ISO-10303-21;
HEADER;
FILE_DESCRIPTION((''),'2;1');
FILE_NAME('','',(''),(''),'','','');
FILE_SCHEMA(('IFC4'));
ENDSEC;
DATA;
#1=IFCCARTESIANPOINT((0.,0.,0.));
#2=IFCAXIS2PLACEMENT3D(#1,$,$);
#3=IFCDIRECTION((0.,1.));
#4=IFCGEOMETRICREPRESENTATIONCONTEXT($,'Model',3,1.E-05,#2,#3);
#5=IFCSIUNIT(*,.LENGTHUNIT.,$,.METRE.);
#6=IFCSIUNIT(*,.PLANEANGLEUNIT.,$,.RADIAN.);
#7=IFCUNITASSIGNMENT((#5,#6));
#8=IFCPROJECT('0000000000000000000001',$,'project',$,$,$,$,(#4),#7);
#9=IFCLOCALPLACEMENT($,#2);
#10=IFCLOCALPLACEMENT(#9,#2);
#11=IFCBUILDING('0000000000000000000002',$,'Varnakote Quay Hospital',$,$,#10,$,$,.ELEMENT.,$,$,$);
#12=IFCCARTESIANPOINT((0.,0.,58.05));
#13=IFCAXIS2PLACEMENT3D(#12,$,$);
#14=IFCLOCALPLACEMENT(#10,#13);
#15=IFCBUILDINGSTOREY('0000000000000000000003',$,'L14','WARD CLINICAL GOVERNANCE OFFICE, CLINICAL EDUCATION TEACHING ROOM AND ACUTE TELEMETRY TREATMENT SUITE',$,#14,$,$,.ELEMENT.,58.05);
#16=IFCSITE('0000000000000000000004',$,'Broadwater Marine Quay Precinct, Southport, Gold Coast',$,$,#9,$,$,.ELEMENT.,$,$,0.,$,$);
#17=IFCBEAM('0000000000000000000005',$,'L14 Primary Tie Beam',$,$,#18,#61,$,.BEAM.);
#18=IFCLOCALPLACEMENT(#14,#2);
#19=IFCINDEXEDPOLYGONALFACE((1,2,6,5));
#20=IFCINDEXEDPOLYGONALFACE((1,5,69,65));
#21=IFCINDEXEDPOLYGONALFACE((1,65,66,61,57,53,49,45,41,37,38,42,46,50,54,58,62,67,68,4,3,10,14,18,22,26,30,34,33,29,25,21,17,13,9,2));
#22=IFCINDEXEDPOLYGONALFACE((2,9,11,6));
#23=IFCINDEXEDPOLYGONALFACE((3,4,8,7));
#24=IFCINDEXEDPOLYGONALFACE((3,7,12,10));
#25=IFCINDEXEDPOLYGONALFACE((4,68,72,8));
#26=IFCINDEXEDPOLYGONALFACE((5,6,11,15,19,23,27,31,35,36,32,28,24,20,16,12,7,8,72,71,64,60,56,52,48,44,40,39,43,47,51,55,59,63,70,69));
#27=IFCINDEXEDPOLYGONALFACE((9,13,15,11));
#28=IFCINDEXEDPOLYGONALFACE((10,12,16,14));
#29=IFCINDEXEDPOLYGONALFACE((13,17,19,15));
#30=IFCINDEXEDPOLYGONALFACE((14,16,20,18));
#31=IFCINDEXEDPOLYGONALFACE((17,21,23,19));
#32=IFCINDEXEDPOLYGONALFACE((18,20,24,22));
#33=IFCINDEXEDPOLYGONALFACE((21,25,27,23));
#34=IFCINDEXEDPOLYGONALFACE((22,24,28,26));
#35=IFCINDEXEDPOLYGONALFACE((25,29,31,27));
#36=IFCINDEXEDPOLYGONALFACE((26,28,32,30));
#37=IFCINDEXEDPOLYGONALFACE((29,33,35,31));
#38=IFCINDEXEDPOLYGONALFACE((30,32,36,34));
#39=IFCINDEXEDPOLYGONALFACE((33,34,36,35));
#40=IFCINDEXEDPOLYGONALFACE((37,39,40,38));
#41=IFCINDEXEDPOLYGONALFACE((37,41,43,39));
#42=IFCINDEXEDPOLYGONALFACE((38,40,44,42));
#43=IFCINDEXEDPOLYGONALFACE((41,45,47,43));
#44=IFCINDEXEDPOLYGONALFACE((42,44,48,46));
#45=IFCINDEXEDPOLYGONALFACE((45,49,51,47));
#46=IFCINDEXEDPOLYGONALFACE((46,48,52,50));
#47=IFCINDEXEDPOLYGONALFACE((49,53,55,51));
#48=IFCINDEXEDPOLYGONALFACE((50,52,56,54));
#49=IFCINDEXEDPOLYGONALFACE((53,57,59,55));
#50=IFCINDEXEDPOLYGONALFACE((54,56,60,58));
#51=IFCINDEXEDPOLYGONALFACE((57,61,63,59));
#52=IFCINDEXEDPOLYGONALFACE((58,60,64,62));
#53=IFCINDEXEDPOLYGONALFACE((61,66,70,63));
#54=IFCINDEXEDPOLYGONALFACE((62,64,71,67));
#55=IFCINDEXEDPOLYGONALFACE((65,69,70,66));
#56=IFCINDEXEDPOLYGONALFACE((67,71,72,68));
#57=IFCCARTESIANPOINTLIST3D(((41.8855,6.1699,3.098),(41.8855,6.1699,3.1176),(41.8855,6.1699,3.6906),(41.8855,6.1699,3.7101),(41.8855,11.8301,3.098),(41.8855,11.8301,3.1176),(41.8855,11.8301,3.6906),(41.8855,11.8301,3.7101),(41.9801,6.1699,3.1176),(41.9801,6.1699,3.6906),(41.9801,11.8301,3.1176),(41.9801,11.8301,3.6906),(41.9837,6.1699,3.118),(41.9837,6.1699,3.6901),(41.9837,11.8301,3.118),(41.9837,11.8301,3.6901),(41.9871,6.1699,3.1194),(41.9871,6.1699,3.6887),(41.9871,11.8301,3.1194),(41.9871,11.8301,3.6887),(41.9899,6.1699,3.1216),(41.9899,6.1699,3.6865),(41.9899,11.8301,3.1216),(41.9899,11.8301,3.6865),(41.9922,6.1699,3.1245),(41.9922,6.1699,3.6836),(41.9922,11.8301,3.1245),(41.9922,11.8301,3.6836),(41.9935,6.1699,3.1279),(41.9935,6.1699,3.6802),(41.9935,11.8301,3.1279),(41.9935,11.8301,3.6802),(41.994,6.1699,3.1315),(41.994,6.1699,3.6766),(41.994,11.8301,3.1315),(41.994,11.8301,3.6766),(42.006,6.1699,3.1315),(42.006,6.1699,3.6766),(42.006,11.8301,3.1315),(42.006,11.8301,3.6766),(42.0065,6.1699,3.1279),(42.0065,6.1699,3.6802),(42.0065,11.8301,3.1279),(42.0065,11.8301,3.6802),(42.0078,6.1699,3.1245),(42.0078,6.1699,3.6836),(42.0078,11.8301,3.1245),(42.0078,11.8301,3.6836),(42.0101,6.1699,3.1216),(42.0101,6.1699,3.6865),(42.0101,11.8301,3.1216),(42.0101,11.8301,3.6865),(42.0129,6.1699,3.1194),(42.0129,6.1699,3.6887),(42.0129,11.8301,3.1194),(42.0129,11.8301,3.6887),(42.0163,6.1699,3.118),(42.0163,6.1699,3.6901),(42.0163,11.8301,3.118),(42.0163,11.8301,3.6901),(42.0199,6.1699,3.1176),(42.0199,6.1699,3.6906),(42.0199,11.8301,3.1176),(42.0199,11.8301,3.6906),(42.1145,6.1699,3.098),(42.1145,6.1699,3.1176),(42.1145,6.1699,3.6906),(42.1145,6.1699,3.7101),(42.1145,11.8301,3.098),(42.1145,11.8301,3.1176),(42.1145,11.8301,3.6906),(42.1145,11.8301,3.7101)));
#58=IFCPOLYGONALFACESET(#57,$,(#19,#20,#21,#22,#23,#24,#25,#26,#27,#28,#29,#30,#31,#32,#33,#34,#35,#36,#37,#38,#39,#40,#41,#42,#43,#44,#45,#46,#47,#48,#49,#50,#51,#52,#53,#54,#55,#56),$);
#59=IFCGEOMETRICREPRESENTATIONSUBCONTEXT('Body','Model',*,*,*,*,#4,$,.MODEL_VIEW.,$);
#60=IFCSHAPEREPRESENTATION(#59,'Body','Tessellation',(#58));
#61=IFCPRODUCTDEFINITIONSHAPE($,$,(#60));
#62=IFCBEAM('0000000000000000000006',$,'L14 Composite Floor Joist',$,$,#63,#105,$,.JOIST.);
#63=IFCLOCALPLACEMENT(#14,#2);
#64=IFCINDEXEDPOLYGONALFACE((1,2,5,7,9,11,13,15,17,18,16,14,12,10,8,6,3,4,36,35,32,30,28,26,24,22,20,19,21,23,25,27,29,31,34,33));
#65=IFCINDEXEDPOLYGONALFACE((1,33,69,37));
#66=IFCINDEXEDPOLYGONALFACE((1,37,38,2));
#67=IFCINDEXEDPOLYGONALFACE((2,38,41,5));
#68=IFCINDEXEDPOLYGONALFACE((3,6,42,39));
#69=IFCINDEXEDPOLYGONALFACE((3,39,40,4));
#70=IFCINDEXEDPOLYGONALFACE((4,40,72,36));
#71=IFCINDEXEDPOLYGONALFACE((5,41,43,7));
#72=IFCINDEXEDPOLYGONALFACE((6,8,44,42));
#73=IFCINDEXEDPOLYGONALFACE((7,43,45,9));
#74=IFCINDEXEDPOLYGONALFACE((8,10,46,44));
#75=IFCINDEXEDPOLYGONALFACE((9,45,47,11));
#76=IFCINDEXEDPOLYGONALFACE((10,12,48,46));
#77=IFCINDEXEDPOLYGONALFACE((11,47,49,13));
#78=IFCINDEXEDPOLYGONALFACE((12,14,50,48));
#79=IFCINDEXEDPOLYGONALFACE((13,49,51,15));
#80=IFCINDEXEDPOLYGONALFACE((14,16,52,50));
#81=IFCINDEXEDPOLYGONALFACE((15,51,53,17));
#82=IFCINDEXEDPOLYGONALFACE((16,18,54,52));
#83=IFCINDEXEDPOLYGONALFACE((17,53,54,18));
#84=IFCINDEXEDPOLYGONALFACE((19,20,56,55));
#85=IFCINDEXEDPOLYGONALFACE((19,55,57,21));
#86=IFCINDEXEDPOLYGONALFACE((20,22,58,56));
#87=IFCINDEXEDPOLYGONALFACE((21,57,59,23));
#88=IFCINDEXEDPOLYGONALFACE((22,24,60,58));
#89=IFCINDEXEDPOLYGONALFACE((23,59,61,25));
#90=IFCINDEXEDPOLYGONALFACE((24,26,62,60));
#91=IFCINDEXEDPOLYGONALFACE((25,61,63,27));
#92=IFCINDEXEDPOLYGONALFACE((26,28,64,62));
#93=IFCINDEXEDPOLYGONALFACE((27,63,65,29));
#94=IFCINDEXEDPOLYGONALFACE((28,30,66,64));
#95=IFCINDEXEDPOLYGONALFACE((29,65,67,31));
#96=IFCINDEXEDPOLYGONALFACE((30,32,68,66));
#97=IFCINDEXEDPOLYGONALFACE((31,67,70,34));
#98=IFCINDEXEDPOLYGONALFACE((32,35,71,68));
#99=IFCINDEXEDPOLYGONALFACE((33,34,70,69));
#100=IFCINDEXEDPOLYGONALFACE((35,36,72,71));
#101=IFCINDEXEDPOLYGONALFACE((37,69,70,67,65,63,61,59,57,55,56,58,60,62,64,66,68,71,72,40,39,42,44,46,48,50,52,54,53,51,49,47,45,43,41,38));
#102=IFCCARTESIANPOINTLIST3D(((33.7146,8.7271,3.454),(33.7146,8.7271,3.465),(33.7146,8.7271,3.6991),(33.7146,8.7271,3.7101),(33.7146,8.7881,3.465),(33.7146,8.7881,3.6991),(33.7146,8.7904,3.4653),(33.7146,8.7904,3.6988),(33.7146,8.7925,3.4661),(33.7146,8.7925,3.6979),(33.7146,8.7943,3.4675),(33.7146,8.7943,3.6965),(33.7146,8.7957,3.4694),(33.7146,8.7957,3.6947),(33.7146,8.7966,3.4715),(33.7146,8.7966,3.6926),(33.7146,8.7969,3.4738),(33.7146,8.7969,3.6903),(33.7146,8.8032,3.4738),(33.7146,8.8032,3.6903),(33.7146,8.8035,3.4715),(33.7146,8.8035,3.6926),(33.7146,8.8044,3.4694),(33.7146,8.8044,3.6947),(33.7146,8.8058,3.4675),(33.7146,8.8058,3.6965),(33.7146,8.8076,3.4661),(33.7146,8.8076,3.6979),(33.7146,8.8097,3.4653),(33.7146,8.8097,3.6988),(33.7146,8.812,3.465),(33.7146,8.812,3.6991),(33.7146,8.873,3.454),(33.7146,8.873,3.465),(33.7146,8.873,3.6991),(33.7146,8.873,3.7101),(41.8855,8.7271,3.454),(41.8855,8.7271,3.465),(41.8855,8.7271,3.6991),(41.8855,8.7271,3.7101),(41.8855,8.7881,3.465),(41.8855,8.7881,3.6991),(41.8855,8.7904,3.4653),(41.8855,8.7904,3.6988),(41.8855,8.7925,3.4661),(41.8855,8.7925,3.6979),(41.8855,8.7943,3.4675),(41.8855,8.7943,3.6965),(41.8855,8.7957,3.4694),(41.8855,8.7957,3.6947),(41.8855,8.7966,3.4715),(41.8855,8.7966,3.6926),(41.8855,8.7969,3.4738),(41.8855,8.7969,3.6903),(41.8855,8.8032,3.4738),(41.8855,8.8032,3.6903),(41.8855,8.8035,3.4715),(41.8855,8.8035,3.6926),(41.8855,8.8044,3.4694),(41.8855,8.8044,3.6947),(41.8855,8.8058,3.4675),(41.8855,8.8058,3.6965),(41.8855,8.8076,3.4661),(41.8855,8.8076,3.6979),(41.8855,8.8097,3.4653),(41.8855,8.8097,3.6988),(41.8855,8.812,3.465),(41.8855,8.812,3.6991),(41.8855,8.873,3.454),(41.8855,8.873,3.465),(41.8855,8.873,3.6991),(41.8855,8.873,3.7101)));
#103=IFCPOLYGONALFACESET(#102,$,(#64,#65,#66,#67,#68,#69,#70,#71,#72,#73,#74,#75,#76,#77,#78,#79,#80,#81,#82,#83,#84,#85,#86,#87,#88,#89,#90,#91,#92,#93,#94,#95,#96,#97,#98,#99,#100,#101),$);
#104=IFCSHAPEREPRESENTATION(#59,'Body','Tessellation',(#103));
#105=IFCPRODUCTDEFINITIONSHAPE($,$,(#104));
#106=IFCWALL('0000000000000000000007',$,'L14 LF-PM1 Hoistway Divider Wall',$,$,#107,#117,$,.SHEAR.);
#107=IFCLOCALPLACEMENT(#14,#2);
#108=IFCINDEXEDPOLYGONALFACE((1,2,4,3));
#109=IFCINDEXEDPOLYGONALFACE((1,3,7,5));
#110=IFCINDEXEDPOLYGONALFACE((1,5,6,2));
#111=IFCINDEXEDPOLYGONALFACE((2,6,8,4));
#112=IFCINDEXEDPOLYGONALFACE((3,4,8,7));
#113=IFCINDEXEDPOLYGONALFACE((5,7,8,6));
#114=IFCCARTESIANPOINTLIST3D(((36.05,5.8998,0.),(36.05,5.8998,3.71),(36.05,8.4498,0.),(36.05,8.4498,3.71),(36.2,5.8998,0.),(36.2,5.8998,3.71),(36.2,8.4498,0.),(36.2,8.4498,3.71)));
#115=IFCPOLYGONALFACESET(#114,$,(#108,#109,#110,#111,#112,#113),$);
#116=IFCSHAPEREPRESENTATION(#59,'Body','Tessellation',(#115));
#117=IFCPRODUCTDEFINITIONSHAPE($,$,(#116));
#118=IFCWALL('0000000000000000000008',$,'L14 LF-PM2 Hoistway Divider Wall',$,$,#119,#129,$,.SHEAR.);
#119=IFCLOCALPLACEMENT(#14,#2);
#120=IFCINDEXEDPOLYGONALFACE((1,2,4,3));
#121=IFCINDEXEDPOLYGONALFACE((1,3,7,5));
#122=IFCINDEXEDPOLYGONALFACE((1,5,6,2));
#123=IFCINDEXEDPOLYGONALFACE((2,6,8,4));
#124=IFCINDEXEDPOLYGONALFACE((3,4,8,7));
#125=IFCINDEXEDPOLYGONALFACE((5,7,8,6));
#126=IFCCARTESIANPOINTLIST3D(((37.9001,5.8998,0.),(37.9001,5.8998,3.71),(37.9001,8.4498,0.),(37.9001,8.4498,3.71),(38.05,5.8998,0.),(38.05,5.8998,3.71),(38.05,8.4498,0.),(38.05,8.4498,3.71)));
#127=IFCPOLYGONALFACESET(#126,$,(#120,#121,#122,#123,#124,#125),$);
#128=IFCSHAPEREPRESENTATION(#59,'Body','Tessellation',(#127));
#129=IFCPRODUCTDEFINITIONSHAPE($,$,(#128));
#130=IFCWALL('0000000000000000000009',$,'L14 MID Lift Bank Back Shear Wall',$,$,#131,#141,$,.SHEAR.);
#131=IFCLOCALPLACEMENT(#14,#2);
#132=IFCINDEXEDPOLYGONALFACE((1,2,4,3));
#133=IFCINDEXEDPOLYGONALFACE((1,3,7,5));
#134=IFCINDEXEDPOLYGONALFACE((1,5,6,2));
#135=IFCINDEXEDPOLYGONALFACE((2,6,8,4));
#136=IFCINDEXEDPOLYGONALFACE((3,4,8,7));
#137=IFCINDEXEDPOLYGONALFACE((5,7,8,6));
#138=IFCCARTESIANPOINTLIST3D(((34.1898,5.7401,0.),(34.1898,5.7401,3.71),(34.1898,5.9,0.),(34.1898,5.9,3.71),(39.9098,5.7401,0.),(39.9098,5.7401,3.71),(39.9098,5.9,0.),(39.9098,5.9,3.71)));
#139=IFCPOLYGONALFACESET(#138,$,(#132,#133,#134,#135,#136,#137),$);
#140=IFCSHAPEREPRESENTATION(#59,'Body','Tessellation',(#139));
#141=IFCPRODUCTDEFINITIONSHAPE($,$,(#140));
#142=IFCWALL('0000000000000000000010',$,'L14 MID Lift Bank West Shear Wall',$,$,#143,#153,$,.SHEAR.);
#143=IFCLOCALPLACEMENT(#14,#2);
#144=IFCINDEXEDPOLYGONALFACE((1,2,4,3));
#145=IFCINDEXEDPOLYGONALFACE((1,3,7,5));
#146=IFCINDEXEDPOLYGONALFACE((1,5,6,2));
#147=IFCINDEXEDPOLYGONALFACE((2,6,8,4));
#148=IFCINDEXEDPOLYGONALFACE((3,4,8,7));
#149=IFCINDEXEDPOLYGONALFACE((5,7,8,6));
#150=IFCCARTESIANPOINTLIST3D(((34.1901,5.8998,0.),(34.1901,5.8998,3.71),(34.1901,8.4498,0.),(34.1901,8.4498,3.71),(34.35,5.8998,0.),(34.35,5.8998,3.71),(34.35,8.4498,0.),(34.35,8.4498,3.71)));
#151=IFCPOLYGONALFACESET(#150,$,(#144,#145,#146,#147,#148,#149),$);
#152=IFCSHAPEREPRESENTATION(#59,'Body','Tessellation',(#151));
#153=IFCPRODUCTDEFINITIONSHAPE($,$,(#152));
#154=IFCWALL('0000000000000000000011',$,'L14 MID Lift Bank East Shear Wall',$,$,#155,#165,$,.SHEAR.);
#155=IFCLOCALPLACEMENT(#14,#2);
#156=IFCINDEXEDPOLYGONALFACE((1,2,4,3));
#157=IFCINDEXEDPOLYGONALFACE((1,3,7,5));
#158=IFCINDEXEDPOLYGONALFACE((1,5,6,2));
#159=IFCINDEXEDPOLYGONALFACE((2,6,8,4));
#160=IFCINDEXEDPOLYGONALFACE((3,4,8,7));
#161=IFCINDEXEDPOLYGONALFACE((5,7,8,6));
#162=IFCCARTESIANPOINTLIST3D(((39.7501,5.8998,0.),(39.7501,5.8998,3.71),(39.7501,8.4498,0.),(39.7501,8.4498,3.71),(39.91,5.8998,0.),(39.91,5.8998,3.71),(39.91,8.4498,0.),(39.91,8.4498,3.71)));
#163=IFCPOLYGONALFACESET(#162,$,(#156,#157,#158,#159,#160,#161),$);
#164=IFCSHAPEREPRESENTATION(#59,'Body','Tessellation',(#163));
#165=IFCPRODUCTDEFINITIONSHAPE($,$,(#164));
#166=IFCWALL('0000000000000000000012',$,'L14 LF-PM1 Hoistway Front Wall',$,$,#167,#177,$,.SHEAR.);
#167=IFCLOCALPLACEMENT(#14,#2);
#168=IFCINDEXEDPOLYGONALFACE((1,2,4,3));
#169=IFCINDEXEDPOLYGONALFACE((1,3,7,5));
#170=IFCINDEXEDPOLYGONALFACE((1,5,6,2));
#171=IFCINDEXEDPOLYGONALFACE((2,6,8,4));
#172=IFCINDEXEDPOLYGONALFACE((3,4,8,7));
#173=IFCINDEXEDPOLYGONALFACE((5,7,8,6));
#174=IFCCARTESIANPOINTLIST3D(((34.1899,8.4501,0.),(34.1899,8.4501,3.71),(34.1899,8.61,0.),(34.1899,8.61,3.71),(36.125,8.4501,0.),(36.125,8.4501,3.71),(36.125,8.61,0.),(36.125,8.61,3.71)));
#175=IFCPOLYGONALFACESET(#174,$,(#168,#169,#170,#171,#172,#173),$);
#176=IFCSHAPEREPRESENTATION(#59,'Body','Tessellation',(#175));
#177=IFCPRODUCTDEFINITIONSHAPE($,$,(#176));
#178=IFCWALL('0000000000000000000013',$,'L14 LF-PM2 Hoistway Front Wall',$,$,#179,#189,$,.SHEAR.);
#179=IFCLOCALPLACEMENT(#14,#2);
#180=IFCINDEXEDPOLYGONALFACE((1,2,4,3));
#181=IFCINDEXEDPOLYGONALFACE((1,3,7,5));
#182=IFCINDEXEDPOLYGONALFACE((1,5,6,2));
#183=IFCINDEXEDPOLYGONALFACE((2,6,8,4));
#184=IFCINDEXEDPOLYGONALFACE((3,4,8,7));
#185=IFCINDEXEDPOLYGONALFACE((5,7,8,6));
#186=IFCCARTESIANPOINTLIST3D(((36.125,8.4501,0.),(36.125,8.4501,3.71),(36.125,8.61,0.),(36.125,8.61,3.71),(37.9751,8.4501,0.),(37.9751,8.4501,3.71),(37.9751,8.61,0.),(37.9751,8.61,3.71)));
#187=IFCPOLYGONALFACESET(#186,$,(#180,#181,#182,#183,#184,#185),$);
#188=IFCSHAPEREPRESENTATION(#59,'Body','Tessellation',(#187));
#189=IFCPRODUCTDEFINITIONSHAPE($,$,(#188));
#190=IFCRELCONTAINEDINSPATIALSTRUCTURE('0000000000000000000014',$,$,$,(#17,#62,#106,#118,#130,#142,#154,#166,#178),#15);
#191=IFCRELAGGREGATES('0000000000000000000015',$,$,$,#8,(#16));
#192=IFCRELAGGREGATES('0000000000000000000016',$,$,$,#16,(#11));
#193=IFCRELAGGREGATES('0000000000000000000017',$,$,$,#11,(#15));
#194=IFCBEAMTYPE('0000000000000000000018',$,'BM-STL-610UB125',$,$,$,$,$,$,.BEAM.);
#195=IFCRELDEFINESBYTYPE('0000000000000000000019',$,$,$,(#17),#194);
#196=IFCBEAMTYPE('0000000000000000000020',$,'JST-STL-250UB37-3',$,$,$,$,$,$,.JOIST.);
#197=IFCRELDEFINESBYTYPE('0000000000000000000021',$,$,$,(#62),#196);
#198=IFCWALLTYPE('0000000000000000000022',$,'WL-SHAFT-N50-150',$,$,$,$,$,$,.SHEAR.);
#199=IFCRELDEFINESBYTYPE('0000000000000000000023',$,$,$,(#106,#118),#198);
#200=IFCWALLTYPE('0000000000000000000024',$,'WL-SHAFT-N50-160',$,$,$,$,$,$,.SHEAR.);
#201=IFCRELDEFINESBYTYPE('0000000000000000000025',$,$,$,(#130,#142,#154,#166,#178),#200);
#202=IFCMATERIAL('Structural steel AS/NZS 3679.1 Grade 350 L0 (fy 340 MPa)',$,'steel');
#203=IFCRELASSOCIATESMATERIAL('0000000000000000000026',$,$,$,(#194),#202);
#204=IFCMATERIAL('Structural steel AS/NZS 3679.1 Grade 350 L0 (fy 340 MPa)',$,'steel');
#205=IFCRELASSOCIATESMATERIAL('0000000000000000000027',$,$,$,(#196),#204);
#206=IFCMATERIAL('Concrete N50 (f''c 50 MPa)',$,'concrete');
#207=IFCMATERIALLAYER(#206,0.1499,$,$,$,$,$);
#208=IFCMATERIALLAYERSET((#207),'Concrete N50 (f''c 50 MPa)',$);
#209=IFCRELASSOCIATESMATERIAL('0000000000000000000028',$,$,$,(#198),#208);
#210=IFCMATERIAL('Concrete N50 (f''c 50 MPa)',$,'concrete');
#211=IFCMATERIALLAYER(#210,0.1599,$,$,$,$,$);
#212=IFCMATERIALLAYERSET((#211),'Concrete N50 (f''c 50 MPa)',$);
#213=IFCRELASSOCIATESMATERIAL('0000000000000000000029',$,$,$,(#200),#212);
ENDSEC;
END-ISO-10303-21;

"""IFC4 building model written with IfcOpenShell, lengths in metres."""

from ifc_helpers import new_model, si_unit, direction, frame, frame_2d, origin, origin_2d, place, context, subcontext, project, spatial, rectangle, i_section, extrude, material, layer, layer_set, material_profile, profile_set, type_object, element, save


model = new_model("IFC4")

# Units and contexts
model_context = context("Model", 3, precision=1e-05, world=origin(), true_north=direction((0.0, 1.0)))
body_context = subcontext(model_context, "Body", "Model", "MODEL_VIEW")
ifc_project = project(units=[si_unit("LENGTHUNIT", "METRE"), si_unit("PLANEANGLEUNIT", "RADIAN")], contexts=[model_context])

# Site, building, storey
site_placement = place(None, origin())
site = spatial("IfcSite", under=ifc_project, at=site_placement, Name="Broadwater Marine Quay Precinct, Southport, Gold Coast", CompositionType="ELEMENT", RefElevation=0.0)
building_placement = place(site_placement, origin())
building = spatial("IfcBuilding", under=site, at=building_placement, Name="Varnakote Quay Hospital", CompositionType="ELEMENT")
storey_placement = place(building_placement, frame((0.0, 0.0, 58.05)))
storey = spatial("IfcBuildingStorey", under=building, at=storey_placement, Name="L14", Description="WARD CLINICAL GOVERNANCE OFFICE, CLINICAL EDUCATION TEACHING ROOM AND ACUTE TELEMETRY TREATMENT SUITE", CompositionType="ELEMENT", Elevation=58.05)

# Beams
ifc_material_1 = material(Name="Structural steel AS/NZS 3679.1 Grade 350 L0 (fy 340 MPa)", Category="steel")
ifc_material_profile_1 = material_profile(ifc_material_1, i_section(OverallWidth=0.229, OverallDepth=0.6121, WebThickness=0.012, FlangeThickness=0.0195, FilletRadius=0.0139, at=origin_2d()), Name="610UB125")
ifc_profile_set_1 = profile_set([ifc_material_profile_1], Name="Structural steel AS/NZS 3679.1 Grade 350 L0 (fy 340 MPa)")
beam_type_1 = type_object("IfcBeamType", Name="BM-STL-610UB125", PredefinedType="BEAM", material=ifc_profile_set_1)
for number, where, z_axis, x_axis, name in (
    (1, (42.0, 6.1699, 3.4041), (0.0, 1.0, 0.0), (-1.0, 0.0, 0.0), "L14 Primary Tie Beam"),
):
    element("IfcBeam", number, at=place(storey_placement, frame(where, z_axis=z_axis, x_axis=x_axis)), inside=storey, type_object=beam_type_1, Name=name, PredefinedType="BEAM", context=body_context, shape_type="SweptSolid", body=[
        extrude(i_section(OverallWidth=0.229, OverallDepth=0.6121, WebThickness=0.012, FlangeThickness=0.0195, FilletRadius=0.0139, at=origin_2d()), origin(), (0.0, 0.0, 1.0), 5.6602),
    ])
ifc_material_2 = material(Name="Structural steel AS/NZS 3679.1 Grade 350 L0 (fy 340 MPa)", Category="steel")
ifc_material_profile_2 = material_profile(ifc_material_2, i_section(OverallWidth=0.146, OverallDepth=0.2561, WebThickness=0.0063, FlangeThickness=0.011, FilletRadius=0.0088, at=origin_2d()), Name="250UB37.3")
ifc_profile_set_2 = profile_set([ifc_material_profile_2], Name="Structural steel AS/NZS 3679.1 Grade 350 L0 (fy 340 MPa)")
beam_type_2 = type_object("IfcBeamType", Name="JST-STL-250UB37-3", PredefinedType="JOIST", material=ifc_profile_set_2)
beam_1_placement = place(storey_placement, frame((33.7146, 8.8, 3.582), z_axis=(1.0, 0.0, 0.0), x_axis=(0.0, 1.0, 0.0)))
element("IfcBeam", 2, at=beam_1_placement, inside=storey, type_object=beam_type_2, Name="L14 Composite Floor Joist", PredefinedType="JOIST", context=body_context, shape_type="SweptSolid", body=[
    extrude(i_section(OverallWidth=0.146, OverallDepth=0.2561, WebThickness=0.0063, FlangeThickness=0.011, FilletRadius=0.0088, at=origin_2d()), origin(), (0.0, 0.0, 1.0), 8.1709),
])

# Walls
ifc_material_3 = material(Name="Concrete N50 (f'c 50 MPa)", Category="concrete")
ifc_layer_1 = layer(ifc_material_3, 0.1499)
ifc_layer_set_1 = layer_set([ifc_layer_1], Name="Concrete N50 (f'c 50 MPa)")
wall_type_1 = type_object("IfcWallType", Name="WL-SHAFT-N50-150", PredefinedType="SHEAR", material=ifc_layer_set_1)
for number, where, z_axis, x_axis, name in (
    (3, (36.125, 5.8999, 0.0), (0.0, 0.0, 1.0), (0.0, 1.0, 0.0), "L14 LF-PM1 Hoistway Divider Wall"),
    (4, (37.9751, 5.8999, 0.0), (0.0, 0.0, 1.0), (0.0, 1.0, 0.0), "L14 LF-PM2 Hoistway Divider Wall"),
):
    element("IfcWall", number, at=place(storey_placement, frame(where, z_axis=z_axis, x_axis=x_axis)), inside=storey, type_object=wall_type_1, Name=name, PredefinedType="SHEAR", context=body_context, shape_type="SweptSolid", body=[
        extrude(rectangle(XDim=2.55, YDim=0.1499, at=frame_2d((1.2749, 0.0))), origin(), (0.0, 0.0, 1.0), 3.71),
    ])
ifc_material_4 = material(Name="Concrete N50 (f'c 50 MPa)", Category="concrete")
ifc_layer_2 = layer(ifc_material_4, 0.1599)
ifc_layer_set_2 = layer_set([ifc_layer_2], Name="Concrete N50 (f'c 50 MPa)")
wall_type_2 = type_object("IfcWallType", Name="WL-SHAFT-N50-160", PredefinedType="SHEAR", material=ifc_layer_set_2)
wall_1_placement = place(storey_placement, frame((34.1899, 5.8201, 0.0), z_axis=(0.0, 0.0, 1.0), x_axis=(1.0, 0.0, 0.0)))
element("IfcWall", 5, at=wall_1_placement, inside=storey, type_object=wall_type_2, Name="L14 MID Lift Bank Back Shear Wall", PredefinedType="SHEAR", context=body_context, shape_type="SweptSolid", body=[
    extrude(rectangle(XDim=5.72, YDim=0.1599, at=frame_2d((2.8599, 0.0))), origin(), (0.0, 0.0, 1.0), 3.71),
])
for number, where, z_axis, x_axis, name in (
    (6, (34.27, 5.8999, 0.0), (0.0, 0.0, 1.0), (0.0, 1.0, 0.0), "L14 MID Lift Bank West Shear Wall"),
    (7, (39.8301, 5.8999, 0.0), (0.0, 0.0, 1.0), (0.0, 1.0, 0.0), "L14 MID Lift Bank East Shear Wall"),
):
    element("IfcWall", number, at=place(storey_placement, frame(where, z_axis=z_axis, x_axis=x_axis)), inside=storey, type_object=wall_type_2, Name=name, PredefinedType="SHEAR", context=body_context, shape_type="SweptSolid", body=[
        extrude(rectangle(XDim=2.55, YDim=0.1599, at=frame_2d((1.2749, 0.0))), origin(), (0.0, 0.0, 1.0), 3.71),
    ])
wall_2_placement = place(storey_placement, frame((34.1899, 8.53, 0.0), z_axis=(0.0, 0.0, 1.0), x_axis=(1.0, 0.0, 0.0)))
element("IfcWall", 8, at=wall_2_placement, inside=storey, type_object=wall_type_2, Name="L14 LF-PM1 Hoistway Front Wall", PredefinedType="SHEAR", context=body_context, shape_type="SweptSolid", body=[
    extrude(rectangle(XDim=1.9351, YDim=0.1599, at=frame_2d((0.9675, 0.0))), origin(), (0.0, 0.0, 1.0), 3.71),
])
wall_3_placement = place(storey_placement, frame((36.125, 8.53, 0.0), z_axis=(0.0, 0.0, 1.0), x_axis=(1.0, 0.0, 0.0)))
element("IfcWall", 9, at=wall_3_placement, inside=storey, type_object=wall_type_2, Name="L14 LF-PM2 Hoistway Front Wall", PredefinedType="SHEAR", context=body_context, shape_type="SweptSolid", body=[
    extrude(rectangle(XDim=1.8501, YDim=0.1599, at=frame_2d((0.925, 0.0))), origin(), (0.0, 0.0, 1.0), 3.71),
])

save(model, "model.ifc")
